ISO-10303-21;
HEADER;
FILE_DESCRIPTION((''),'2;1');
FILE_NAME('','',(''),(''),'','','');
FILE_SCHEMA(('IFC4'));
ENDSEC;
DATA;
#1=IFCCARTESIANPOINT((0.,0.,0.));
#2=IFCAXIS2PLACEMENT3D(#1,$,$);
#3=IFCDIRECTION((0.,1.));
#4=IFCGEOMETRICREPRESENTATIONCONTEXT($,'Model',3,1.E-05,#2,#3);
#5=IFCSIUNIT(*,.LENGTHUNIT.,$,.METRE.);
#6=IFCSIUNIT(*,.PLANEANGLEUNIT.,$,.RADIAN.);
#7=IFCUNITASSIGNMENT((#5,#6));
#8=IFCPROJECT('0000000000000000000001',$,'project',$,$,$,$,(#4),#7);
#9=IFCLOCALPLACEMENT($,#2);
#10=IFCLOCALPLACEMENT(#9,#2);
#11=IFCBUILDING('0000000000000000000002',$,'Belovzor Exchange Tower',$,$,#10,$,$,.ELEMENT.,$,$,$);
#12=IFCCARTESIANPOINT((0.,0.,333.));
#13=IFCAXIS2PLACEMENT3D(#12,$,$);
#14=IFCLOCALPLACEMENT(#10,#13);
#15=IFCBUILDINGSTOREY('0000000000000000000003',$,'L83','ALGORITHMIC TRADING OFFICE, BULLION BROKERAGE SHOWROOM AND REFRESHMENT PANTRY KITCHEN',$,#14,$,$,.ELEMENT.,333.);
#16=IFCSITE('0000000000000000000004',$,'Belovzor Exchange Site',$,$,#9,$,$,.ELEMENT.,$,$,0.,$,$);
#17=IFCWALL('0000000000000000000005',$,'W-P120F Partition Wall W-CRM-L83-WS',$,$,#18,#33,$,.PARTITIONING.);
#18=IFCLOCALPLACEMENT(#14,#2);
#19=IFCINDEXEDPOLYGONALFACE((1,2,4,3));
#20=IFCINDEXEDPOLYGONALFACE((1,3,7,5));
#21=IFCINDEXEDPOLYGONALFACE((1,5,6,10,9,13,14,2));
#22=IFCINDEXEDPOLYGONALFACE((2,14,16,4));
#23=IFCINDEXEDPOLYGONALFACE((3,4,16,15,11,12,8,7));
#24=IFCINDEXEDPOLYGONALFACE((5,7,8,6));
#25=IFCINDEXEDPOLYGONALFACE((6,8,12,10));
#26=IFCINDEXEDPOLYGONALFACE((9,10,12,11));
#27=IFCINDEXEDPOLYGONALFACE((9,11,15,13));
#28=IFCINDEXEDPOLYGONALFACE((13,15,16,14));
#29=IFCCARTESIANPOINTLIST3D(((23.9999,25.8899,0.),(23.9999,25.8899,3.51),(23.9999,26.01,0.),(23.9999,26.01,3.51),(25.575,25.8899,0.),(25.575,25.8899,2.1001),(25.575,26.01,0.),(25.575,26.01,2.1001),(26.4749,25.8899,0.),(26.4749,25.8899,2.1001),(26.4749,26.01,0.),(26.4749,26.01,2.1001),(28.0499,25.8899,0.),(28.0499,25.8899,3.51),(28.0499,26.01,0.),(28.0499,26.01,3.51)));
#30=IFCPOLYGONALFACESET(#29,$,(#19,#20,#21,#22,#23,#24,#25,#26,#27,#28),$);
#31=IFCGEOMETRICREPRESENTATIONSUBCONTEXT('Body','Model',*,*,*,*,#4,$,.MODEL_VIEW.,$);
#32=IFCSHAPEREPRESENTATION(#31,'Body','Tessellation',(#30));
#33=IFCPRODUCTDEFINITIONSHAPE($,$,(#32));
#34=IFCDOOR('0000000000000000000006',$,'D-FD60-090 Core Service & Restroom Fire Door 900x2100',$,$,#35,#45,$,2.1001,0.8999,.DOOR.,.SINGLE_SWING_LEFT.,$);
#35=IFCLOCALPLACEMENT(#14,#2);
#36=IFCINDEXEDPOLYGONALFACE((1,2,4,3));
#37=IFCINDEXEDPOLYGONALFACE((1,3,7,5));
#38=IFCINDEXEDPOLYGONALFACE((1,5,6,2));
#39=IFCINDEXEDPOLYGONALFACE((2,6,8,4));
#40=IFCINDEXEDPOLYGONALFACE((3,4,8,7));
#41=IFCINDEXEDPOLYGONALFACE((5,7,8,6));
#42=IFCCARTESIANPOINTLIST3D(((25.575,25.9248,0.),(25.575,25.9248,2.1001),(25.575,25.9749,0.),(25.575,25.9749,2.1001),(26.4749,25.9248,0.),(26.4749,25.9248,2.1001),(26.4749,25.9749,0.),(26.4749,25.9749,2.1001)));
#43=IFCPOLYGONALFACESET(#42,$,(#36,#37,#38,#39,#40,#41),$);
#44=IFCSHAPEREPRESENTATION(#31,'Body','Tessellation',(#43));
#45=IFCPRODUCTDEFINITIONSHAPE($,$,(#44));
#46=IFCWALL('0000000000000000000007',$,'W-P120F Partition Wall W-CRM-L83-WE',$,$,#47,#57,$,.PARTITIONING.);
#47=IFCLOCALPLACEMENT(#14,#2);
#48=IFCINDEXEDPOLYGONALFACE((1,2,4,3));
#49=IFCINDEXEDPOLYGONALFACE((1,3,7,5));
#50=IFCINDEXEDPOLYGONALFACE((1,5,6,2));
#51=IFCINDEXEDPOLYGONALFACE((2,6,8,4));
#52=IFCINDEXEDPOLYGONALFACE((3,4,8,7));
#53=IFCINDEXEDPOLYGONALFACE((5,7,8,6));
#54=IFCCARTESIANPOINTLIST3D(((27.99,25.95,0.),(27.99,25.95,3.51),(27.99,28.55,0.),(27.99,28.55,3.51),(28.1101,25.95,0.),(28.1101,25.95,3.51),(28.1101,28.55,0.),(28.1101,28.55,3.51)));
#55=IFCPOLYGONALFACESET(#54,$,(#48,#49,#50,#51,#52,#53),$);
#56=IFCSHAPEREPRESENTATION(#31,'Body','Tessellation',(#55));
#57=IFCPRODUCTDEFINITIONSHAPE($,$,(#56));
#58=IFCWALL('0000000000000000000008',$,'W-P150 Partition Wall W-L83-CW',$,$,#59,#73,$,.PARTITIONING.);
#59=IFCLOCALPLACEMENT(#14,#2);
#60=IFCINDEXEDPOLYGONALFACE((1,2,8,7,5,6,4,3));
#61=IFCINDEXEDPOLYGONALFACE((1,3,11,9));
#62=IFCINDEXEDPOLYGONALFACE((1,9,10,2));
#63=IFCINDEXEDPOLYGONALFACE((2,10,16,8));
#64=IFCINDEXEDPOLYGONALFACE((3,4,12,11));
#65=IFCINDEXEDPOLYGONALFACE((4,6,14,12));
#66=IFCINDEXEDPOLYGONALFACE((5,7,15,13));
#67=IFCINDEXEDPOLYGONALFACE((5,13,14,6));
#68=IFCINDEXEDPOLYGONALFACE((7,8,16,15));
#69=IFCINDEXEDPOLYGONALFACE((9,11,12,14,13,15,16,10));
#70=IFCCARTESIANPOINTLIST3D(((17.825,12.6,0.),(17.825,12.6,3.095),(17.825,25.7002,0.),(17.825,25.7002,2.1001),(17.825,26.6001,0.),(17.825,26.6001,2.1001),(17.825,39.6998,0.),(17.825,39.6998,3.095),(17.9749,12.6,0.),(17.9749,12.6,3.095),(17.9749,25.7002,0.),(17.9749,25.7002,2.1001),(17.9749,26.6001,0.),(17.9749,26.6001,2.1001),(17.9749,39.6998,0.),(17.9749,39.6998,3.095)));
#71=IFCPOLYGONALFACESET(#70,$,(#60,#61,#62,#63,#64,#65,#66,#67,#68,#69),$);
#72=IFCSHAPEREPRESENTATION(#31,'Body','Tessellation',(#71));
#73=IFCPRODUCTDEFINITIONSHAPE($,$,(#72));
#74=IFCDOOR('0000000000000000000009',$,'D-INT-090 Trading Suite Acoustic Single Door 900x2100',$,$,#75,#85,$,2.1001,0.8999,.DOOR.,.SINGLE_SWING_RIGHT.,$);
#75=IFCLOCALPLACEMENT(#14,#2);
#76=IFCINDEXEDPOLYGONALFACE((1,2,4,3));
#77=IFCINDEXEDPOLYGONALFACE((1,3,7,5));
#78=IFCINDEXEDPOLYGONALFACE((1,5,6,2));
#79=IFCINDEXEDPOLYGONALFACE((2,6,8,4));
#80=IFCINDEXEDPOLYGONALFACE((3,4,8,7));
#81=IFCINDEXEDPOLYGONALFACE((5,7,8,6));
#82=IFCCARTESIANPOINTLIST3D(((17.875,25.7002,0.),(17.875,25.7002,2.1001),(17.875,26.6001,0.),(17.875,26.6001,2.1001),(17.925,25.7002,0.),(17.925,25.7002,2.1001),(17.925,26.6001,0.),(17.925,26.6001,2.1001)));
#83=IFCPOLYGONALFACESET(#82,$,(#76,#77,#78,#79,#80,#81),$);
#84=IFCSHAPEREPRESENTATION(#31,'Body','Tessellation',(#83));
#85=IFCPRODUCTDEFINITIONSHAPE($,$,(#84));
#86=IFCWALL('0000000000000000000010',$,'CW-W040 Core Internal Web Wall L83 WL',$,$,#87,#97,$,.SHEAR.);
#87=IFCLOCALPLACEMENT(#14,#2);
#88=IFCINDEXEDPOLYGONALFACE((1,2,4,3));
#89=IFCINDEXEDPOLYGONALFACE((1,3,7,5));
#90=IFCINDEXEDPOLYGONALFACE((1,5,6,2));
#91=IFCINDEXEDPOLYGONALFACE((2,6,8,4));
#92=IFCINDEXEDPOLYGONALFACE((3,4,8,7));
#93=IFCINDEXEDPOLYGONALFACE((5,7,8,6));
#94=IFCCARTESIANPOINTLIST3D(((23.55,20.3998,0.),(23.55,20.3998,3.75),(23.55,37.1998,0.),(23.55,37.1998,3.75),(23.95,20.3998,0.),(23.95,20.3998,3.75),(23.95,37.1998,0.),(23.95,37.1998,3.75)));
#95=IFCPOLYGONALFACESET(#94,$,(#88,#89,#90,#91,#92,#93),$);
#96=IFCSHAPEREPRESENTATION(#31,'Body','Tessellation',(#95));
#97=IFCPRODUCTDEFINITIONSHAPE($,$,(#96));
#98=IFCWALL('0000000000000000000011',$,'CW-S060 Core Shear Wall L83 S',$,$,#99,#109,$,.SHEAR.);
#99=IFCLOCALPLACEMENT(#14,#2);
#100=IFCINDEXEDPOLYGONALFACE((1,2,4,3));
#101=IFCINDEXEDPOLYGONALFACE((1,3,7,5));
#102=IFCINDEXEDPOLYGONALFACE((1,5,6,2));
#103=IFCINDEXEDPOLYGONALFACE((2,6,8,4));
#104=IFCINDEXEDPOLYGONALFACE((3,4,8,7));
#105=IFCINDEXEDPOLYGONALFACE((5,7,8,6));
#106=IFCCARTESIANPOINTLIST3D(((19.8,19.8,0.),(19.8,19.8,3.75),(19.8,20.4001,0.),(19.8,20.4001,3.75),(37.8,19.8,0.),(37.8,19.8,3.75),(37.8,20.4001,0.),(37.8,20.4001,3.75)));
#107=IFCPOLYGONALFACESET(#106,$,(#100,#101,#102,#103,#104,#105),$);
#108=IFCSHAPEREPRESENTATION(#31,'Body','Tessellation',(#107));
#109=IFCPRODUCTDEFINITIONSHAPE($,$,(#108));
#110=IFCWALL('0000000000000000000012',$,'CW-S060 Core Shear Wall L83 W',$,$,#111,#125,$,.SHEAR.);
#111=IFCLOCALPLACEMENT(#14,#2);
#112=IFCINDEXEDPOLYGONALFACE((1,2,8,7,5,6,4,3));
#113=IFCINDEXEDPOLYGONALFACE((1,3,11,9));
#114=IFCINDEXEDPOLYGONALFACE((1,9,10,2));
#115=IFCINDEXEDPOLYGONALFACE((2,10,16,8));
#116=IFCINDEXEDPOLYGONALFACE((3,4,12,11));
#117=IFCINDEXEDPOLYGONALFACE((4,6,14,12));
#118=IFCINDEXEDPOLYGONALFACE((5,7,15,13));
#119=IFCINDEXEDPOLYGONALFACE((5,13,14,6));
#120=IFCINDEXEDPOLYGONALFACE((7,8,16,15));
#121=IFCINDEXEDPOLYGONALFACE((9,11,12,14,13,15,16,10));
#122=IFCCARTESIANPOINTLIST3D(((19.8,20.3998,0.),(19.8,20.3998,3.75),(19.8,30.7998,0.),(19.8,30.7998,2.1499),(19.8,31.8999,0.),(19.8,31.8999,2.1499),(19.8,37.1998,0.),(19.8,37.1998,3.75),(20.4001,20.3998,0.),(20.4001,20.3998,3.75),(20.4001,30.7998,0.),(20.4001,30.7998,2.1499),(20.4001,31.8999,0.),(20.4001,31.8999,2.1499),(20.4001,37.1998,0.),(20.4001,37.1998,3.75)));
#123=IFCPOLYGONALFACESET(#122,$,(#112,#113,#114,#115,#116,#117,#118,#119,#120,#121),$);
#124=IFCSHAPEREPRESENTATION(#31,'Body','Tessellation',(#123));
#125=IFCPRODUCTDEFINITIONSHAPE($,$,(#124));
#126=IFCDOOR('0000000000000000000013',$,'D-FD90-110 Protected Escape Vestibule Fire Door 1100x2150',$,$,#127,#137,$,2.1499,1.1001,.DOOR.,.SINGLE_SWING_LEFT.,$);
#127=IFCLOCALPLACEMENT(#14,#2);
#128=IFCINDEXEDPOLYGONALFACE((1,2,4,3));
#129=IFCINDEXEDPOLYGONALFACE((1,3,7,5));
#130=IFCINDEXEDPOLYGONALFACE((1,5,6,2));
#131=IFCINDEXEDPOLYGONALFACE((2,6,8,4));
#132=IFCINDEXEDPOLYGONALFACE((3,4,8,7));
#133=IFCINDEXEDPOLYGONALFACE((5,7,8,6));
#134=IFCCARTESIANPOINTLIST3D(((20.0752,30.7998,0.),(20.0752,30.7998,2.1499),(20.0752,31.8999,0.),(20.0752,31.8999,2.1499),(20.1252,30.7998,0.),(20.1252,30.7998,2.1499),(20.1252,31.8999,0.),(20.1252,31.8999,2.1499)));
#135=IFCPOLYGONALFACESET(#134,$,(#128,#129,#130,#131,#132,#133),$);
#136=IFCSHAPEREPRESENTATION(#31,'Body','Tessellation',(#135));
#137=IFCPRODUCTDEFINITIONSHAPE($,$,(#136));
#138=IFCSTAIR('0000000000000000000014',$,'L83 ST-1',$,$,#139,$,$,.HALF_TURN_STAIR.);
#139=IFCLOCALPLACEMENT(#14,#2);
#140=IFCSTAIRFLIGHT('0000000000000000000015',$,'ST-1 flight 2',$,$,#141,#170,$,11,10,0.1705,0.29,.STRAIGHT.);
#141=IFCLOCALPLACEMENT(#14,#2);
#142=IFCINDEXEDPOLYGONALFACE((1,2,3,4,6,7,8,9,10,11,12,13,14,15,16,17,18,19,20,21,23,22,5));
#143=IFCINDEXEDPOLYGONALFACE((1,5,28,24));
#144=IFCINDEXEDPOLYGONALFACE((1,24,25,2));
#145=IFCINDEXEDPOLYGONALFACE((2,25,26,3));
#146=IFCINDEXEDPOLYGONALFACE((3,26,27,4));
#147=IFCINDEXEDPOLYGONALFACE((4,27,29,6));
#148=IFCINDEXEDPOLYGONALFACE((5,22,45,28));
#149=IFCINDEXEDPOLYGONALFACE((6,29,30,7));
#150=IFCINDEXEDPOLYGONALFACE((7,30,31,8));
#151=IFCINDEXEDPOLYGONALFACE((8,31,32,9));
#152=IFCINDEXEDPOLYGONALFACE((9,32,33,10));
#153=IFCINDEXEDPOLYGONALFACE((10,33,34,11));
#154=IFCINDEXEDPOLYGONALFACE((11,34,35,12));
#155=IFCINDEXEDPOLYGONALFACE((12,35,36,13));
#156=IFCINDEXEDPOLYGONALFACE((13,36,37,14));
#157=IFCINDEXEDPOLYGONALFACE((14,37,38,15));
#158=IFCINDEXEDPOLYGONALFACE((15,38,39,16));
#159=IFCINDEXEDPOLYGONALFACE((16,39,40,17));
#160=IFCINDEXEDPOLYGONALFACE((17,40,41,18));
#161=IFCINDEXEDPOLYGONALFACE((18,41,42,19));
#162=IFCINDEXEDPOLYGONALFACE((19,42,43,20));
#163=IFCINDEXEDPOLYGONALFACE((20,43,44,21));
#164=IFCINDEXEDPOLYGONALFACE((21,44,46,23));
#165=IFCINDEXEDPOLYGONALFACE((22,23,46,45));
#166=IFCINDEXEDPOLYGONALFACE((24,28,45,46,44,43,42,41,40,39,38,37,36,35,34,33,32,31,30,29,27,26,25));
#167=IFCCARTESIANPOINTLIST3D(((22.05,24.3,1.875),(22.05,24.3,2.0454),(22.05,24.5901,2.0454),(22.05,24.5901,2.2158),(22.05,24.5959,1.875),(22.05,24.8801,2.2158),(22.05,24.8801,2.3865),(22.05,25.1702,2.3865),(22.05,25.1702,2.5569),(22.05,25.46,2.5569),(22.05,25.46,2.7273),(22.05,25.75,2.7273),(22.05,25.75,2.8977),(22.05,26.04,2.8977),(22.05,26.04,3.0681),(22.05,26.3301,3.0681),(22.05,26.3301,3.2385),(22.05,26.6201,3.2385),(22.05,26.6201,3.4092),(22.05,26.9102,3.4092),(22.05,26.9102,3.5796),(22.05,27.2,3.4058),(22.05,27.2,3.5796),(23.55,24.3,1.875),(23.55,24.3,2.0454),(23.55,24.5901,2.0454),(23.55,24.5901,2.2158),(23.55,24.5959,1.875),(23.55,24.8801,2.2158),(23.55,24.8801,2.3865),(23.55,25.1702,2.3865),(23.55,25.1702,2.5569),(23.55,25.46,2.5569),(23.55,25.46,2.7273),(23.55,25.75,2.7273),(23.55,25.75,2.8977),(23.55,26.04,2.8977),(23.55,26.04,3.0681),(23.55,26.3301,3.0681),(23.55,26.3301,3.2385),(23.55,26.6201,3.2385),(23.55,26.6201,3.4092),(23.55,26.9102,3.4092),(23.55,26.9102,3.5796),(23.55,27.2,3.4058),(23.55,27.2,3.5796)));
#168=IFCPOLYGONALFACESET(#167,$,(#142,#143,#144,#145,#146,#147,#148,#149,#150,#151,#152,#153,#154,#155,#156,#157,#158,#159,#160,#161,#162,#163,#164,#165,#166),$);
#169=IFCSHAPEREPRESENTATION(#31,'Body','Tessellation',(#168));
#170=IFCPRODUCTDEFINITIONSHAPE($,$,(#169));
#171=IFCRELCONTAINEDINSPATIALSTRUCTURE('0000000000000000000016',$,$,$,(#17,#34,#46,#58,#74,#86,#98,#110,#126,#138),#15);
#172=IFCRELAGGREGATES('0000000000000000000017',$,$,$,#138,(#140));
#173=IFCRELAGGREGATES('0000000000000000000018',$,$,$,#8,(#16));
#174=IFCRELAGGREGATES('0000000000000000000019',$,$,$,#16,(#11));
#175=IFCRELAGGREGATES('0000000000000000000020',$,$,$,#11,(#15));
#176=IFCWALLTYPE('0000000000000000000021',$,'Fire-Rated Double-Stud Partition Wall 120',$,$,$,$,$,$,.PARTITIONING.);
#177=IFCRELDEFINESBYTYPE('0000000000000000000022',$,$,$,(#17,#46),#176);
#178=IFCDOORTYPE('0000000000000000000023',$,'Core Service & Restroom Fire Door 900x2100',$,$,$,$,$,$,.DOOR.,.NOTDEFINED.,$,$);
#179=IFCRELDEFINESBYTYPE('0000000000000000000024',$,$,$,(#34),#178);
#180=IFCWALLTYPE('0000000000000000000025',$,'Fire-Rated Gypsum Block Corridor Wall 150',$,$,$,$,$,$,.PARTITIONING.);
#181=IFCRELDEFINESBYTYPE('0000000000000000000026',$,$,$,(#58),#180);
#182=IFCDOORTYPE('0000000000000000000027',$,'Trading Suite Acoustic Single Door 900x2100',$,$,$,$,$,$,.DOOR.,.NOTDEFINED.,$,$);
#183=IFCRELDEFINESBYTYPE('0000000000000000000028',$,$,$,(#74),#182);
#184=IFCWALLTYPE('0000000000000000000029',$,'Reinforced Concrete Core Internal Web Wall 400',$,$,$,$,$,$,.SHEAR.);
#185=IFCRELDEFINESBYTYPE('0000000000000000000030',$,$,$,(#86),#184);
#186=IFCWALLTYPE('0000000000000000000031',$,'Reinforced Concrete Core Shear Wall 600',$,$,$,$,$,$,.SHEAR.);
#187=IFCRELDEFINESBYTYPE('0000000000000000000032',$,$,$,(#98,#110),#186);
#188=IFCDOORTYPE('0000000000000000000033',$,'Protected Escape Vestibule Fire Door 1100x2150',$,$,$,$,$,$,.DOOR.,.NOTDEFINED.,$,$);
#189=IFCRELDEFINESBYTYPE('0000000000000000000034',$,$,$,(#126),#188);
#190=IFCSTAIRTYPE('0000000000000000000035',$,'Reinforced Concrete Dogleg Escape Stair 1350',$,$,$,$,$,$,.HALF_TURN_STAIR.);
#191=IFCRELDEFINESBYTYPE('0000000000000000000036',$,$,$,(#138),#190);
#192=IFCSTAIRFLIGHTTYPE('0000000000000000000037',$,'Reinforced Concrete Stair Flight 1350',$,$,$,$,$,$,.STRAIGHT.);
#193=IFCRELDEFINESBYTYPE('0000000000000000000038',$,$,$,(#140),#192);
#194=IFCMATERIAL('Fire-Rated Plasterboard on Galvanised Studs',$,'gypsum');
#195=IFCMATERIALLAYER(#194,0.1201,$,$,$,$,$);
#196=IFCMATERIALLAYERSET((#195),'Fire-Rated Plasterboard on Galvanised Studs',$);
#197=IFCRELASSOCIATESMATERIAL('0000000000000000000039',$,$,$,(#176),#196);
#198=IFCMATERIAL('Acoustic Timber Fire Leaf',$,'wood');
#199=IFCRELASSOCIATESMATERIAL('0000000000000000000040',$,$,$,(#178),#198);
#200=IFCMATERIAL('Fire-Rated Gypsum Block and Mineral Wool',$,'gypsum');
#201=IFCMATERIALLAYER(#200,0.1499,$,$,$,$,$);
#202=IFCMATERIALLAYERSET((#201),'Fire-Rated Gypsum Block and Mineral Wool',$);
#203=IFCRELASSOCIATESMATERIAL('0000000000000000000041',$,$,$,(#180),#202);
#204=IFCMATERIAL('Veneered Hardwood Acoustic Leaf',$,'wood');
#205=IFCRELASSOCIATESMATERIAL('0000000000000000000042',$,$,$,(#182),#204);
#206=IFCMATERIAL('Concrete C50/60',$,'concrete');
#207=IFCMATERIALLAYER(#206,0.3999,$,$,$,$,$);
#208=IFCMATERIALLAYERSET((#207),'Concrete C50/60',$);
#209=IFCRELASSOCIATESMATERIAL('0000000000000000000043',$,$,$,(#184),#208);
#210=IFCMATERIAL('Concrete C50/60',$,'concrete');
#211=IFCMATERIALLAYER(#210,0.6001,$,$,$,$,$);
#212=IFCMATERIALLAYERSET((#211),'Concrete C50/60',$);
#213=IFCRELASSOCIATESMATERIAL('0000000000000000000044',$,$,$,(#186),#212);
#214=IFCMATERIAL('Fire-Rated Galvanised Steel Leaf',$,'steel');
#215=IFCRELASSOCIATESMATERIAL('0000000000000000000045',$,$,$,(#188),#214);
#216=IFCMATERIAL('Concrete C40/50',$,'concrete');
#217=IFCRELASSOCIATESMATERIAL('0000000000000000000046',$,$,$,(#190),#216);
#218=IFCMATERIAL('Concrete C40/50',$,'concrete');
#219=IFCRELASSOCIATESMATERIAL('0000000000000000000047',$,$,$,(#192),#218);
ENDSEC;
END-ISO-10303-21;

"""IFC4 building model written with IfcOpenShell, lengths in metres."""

from ifc_helpers import new_model, si_unit, direction, frame, frame_2d, origin, place, context, subcontext, project, spatial, polyline, rectangle, outline, extrude, material, layer, layer_set, type_object, element, fill, aggregate, save


model = new_model("IFC4")

# Units and contexts
model_context = context("Model", 3, precision=1e-05, world=origin(), true_north=direction((0.0, 1.0)))
body_context = subcontext(model_context, "Body", "Model", "MODEL_VIEW")
ifc_project = project(units=[si_unit("LENGTHUNIT", "METRE"), si_unit("PLANEANGLEUNIT", "RADIAN")], contexts=[model_context])

# Site, building, storey
site_placement = place(None, origin())
site = spatial("IfcSite", under=ifc_project, at=site_placement, Name="Belovzor Exchange Site", CompositionType="ELEMENT", RefElevation=0.0)
building_placement = place(site_placement, origin())
building = spatial("IfcBuilding", under=site, at=building_placement, Name="Belovzor Exchange Tower", CompositionType="ELEMENT")
storey_placement = place(building_placement, frame((0.0, 0.0, 333.0)))
storey = spatial("IfcBuildingStorey", under=building, at=storey_placement, Name="L83", Description="ALGORITHMIC TRADING OFFICE, BULLION BROKERAGE SHOWROOM AND REFRESHMENT PANTRY KITCHEN", CompositionType="ELEMENT", Elevation=333.0)

# Shared definitions
ifc_material_1 = material(Name="Fire-Rated Plasterboard on Galvanised Studs", Category="gypsum")
ifc_layer_1 = layer(ifc_material_1, 0.1201)
ifc_layer_set_1 = layer_set([ifc_layer_1], Name="Fire-Rated Plasterboard on Galvanised Studs")
wall_type_1 = type_object("IfcWallType", Name="Fire-Rated Double-Stud Partition Wall 120", PredefinedType="PARTITIONING", material=ifc_layer_set_1)
ifc_material_2 = material(Name="Acoustic Timber Fire Leaf", Category="wood")
door_type_1 = type_object("IfcDoorType", Name="Core Service & Restroom Fire Door 900x2100", OperationType="NOTDEFINED", PredefinedType="DOOR", material=ifc_material_2)

# Wall, opening, door
wall_1_placement = place(storey_placement, frame((24.0, 25.95, 0.0), z_axis=(0.0, 0.0, 1.0), x_axis=(1.0, 0.0, 0.0)))
wall_1 = element("IfcWall", 1, at=wall_1_placement, inside=storey, type_object=wall_type_1, Name="W-P120F Partition Wall W-CRM-L83-WS", PredefinedType="PARTITIONING", context=body_context, shape_type="SweptSolid", body=[
    extrude(rectangle(XDim=4.05, YDim=0.1201, at=frame_2d((2.0249, 0.0))), origin(), (0.0, 0.0, 1.0), 3.51),
])
opening_1_placement = place(wall_1_placement, frame((1.575, 0.0, 0.0)))
opening_1 = element("IfcOpeningElement", 2, at=opening_1_placement, cuts=wall_1, PredefinedType="OPENING", context=body_context, shape_type="SweptSolid", body=[
    extrude(rectangle(XDim=0.8999, YDim=2.1001, at=frame_2d((0.45, 1.05))), frame((0.0, 0.0701, 0.0), z_axis=(0.0, -1.0, 0.0), x_axis=(1.0, 0.0, 0.0)), (0.0, 0.0, 1.0), 0.1401),
])
door_1_placement = place(opening_1_placement, origin())
door_1 = element("IfcDoor", 3, at=door_1_placement, inside=storey, type_object=door_type_1, Name="D-FD60-090 Core Service & Restroom Fire Door 900x2100", OperationType="SINGLE_SWING_LEFT", OverallHeight=2.1001, OverallWidth=0.8999, PredefinedType="DOOR", context=body_context, shape_type="SweptSolid", body=[
    extrude(rectangle(XDim=0.8999, YDim=2.1001, at=frame_2d((0.45, 1.05))), frame((0.0, 0.0249, 0.0), z_axis=(0.0, -1.0, 0.0), x_axis=(1.0, 0.0, 0.0)), (0.0, 0.0, 1.0), 0.05),
])
fill(opening_1, door_1)

# Wall
wall_2_placement = place(storey_placement, frame((28.05, 25.95, 0.0), z_axis=(0.0, 0.0, 1.0), x_axis=(0.0, 1.0, 0.0)))
element("IfcWall", 4, at=wall_2_placement, inside=storey, type_object=wall_type_1, Name="W-P120F Partition Wall W-CRM-L83-WE", PredefinedType="PARTITIONING", context=body_context, shape_type="SweptSolid", body=[
    extrude(rectangle(XDim=2.6001, YDim=0.1201, at=frame_2d((1.3, 0.0))), origin(), (0.0, 0.0, 1.0), 3.51),
])

# Wall, opening, door
ifc_material_3 = material(Name="Fire-Rated Gypsum Block and Mineral Wool", Category="gypsum")
ifc_layer_2 = layer(ifc_material_3, 0.1499)
ifc_layer_set_2 = layer_set([ifc_layer_2], Name="Fire-Rated Gypsum Block and Mineral Wool")
wall_type_2 = type_object("IfcWallType", Name="Fire-Rated Gypsum Block Corridor Wall 150", PredefinedType="PARTITIONING", material=ifc_layer_set_2)
wall_3_placement = place(storey_placement, frame((17.8999, 12.6001, 0.0), z_axis=(0.0, 0.0, 1.0), x_axis=(0.0, 1.0, 0.0)))
wall_3 = element("IfcWall", 5, at=wall_3_placement, inside=storey, type_object=wall_type_2, Name="W-P150 Partition Wall W-L83-CW", PredefinedType="PARTITIONING", context=body_context, shape_type="SweptSolid", body=[
    extrude(rectangle(XDim=27.0999, YDim=0.1499, at=frame_2d((13.5498, 0.0))), origin(), (0.0, 0.0, 1.0), 3.095),
])
opening_2_placement = place(wall_3_placement, frame((13.1001, 0.0, 0.0)))
opening_2 = element("IfcOpeningElement", 6, at=opening_2_placement, cuts=wall_3, PredefinedType="OPENING", context=body_context, shape_type="SweptSolid", body=[
    extrude(rectangle(XDim=0.8999, YDim=2.1001, at=frame_2d((0.45, 1.05))), frame((0.0, 0.085, 0.0), z_axis=(0.0, -1.0, 0.0), x_axis=(1.0, 0.0, 0.0)), (0.0, 0.0, 1.0), 0.1699),
])
ifc_material_4 = material(Name="Veneered Hardwood Acoustic Leaf", Category="wood")
door_type_2 = type_object("IfcDoorType", Name="Trading Suite Acoustic Single Door 900x2100", OperationType="NOTDEFINED", PredefinedType="DOOR", material=ifc_material_4)
door_2_placement = place(opening_2_placement, origin())
door_2 = element("IfcDoor", 7, at=door_2_placement, inside=storey, type_object=door_type_2, Name="D-INT-090 Trading Suite Acoustic Single Door 900x2100", OperationType="SINGLE_SWING_RIGHT", OverallHeight=2.1001, OverallWidth=0.8999, PredefinedType="DOOR", context=body_context, shape_type="SweptSolid", body=[
    extrude(rectangle(XDim=0.8999, YDim=2.1001, at=frame_2d((0.45, 1.05))), frame((0.0, 0.0249, 0.0), z_axis=(0.0, -1.0, 0.0), x_axis=(1.0, 0.0, 0.0)), (0.0, 0.0, 1.0), 0.05),
])
fill(opening_2, door_2)

# Walls
ifc_material_5 = material(Name="Concrete C50/60", Category="concrete")
ifc_layer_3 = layer(ifc_material_5, 0.3999)
ifc_layer_set_3 = layer_set([ifc_layer_3], Name="Concrete C50/60")
wall_type_3 = type_object("IfcWallType", Name="Reinforced Concrete Core Internal Web Wall 400", PredefinedType="SHEAR", material=ifc_layer_set_3)
wall_4_placement = place(storey_placement, frame((23.75, 20.3999, 0.0), z_axis=(0.0, 0.0, 1.0), x_axis=(0.0, 1.0, 0.0)))
element("IfcWall", 8, at=wall_4_placement, inside=storey, type_object=wall_type_3, Name="CW-W040 Core Internal Web Wall L83 WL", PredefinedType="SHEAR", context=body_context, shape_type="SweptSolid", body=[
    extrude(rectangle(XDim=16.8, YDim=0.3999, at=frame_2d((8.3999, 0.0))), origin(), (0.0, 0.0, 1.0), 3.75),
])
ifc_material_6 = material(Name="Concrete C50/60", Category="concrete")
ifc_layer_4 = layer(ifc_material_6, 0.6001)
ifc_layer_set_4 = layer_set([ifc_layer_4], Name="Concrete C50/60")
wall_type_4 = type_object("IfcWallType", Name="Reinforced Concrete Core Shear Wall 600", PredefinedType="SHEAR", material=ifc_layer_set_4)
wall_5_placement = place(storey_placement, frame((19.8, 20.1001, 0.0), z_axis=(0.0, 0.0, 1.0), x_axis=(1.0, 0.0, 0.0)))
element("IfcWall", 9, at=wall_5_placement, inside=storey, type_object=wall_type_4, Name="CW-S060 Core Shear Wall L83 S", PredefinedType="SHEAR", context=body_context, shape_type="SweptSolid", body=[
    extrude(rectangle(XDim=18.0, YDim=0.6001, at=frame_2d((9.0, 0.0))), origin(), (0.0, 0.0, 1.0), 3.75),
])

# Wall, opening, door
wall_6_placement = place(storey_placement, frame((20.1001, 20.3999, 0.0), z_axis=(0.0, 0.0, 1.0), x_axis=(0.0, 1.0, 0.0)))
wall_6 = element("IfcWall", 10, at=wall_6_placement, inside=storey, type_object=wall_type_4, Name="CW-S060 Core Shear Wall L83 W", PredefinedType="SHEAR", context=body_context, shape_type="SweptSolid", body=[
    extrude(rectangle(XDim=16.8, YDim=0.6001, at=frame_2d((8.3999, 0.0))), origin(), (0.0, 0.0, 1.0), 3.75),
])
opening_3_placement = place(wall_6_placement, frame((10.3999, 0.0, 0.0)))
opening_3 = element("IfcOpeningElement", 11, at=opening_3_placement, cuts=wall_6, PredefinedType="OPENING", context=body_context, shape_type="SweptSolid", body=[
    extrude(rectangle(XDim=1.1001, YDim=2.1499, at=frame_2d((0.55, 1.075))), frame((0.0, 0.3101, 0.0), z_axis=(0.0, -1.0, 0.0), x_axis=(1.0, 0.0, 0.0)), (0.0, 0.0, 1.0), 0.6201),
])
ifc_material_7 = material(Name="Fire-Rated Galvanised Steel Leaf", Category="steel")
door_type_3 = type_object("IfcDoorType", Name="Protected Escape Vestibule Fire Door 1100x2150", OperationType="NOTDEFINED", PredefinedType="DOOR", material=ifc_material_7)
door_3_placement = place(opening_3_placement, origin())
door_3 = element("IfcDoor", 12, at=door_3_placement, inside=storey, type_object=door_type_3, Name="D-FD90-110 Protected Escape Vestibule Fire Door 1100x2150", OperationType="SINGLE_SWING_LEFT", OverallHeight=2.1499, OverallWidth=1.1001, PredefinedType="DOOR", context=body_context, shape_type="SweptSolid", body=[
    extrude(rectangle(XDim=1.1001, YDim=2.1499, at=frame_2d((0.55, 1.075))), frame((0.0, 0.0249, 0.0), z_axis=(0.0, -1.0, 0.0), x_axis=(1.0, 0.0, 0.0)), (0.0, 0.0, 1.0), 0.05),
])
fill(opening_3, door_3)

# Stair, stair flight
ifc_material_8 = material(Name="Concrete C40/50", Category="concrete")
stair_type = type_object("IfcStairType", Name="Reinforced Concrete Dogleg Escape Stair 1350", PredefinedType="HALF_TURN_STAIR", material=ifc_material_8)
stair_placement = place(storey_placement, origin())
stair = element("IfcStair", 13, at=stair_placement, inside=storey, type_object=stair_type, Name="L83 ST-1", PredefinedType="HALF_TURN_STAIR")
ifc_material_9 = material(Name="Concrete C40/50", Category="concrete")
stair_flight_type = type_object("IfcStairFlightType", Name="Reinforced Concrete Stair Flight 1350", PredefinedType="STRAIGHT", material=ifc_material_9)
stair_flight_placement = place(storey_placement, frame((22.8, 24.3, 1.875), z_axis=(0.0, 0.0, 1.0), x_axis=(0.0, 1.0, 0.0)))
stair_flight = element("IfcStairFlight", 14, at=stair_flight_placement, type_object=stair_flight_type, Name="ST-1 flight 2", NumberOfRisers=11, NumberOfTreads=10, PredefinedType="STRAIGHT", RiserHeight=0.1705, TreadLength=0.29, context=body_context, shape_type="SweptSolid", body=[
    extrude(outline(polyline([(0.0, 0.0), (0.0, 0.1704), (0.29, 0.1704), (0.29, 0.3408), (0.5801, 0.3408), (0.5801, 0.5115), (0.8701, 0.5115), (0.8701, 0.6819), (1.1599, 0.6819), (1.1599, 0.8523), (1.45, 0.8523), (1.45, 1.0227), (1.74, 1.0227), (1.74, 1.1931), (2.03, 1.1931), (2.03, 1.3635), (2.3201, 1.3635), (2.3201, 1.5342), (2.6101, 1.5342), (2.6101, 1.7046), (2.8999, 1.7046), (2.8999, 1.875), (2.8999, 1.5308), (0.2959, 0.0), (0.0, 0.0)])), frame((0.0, 0.75, 0.0), z_axis=(0.0, -1.0, 0.0), x_axis=(1.0, 0.0, 0.0)), (0.0, 0.0, 1.0), 1.5),
])
aggregate(stair, [stair_flight])

save(model, "model.ifc")
